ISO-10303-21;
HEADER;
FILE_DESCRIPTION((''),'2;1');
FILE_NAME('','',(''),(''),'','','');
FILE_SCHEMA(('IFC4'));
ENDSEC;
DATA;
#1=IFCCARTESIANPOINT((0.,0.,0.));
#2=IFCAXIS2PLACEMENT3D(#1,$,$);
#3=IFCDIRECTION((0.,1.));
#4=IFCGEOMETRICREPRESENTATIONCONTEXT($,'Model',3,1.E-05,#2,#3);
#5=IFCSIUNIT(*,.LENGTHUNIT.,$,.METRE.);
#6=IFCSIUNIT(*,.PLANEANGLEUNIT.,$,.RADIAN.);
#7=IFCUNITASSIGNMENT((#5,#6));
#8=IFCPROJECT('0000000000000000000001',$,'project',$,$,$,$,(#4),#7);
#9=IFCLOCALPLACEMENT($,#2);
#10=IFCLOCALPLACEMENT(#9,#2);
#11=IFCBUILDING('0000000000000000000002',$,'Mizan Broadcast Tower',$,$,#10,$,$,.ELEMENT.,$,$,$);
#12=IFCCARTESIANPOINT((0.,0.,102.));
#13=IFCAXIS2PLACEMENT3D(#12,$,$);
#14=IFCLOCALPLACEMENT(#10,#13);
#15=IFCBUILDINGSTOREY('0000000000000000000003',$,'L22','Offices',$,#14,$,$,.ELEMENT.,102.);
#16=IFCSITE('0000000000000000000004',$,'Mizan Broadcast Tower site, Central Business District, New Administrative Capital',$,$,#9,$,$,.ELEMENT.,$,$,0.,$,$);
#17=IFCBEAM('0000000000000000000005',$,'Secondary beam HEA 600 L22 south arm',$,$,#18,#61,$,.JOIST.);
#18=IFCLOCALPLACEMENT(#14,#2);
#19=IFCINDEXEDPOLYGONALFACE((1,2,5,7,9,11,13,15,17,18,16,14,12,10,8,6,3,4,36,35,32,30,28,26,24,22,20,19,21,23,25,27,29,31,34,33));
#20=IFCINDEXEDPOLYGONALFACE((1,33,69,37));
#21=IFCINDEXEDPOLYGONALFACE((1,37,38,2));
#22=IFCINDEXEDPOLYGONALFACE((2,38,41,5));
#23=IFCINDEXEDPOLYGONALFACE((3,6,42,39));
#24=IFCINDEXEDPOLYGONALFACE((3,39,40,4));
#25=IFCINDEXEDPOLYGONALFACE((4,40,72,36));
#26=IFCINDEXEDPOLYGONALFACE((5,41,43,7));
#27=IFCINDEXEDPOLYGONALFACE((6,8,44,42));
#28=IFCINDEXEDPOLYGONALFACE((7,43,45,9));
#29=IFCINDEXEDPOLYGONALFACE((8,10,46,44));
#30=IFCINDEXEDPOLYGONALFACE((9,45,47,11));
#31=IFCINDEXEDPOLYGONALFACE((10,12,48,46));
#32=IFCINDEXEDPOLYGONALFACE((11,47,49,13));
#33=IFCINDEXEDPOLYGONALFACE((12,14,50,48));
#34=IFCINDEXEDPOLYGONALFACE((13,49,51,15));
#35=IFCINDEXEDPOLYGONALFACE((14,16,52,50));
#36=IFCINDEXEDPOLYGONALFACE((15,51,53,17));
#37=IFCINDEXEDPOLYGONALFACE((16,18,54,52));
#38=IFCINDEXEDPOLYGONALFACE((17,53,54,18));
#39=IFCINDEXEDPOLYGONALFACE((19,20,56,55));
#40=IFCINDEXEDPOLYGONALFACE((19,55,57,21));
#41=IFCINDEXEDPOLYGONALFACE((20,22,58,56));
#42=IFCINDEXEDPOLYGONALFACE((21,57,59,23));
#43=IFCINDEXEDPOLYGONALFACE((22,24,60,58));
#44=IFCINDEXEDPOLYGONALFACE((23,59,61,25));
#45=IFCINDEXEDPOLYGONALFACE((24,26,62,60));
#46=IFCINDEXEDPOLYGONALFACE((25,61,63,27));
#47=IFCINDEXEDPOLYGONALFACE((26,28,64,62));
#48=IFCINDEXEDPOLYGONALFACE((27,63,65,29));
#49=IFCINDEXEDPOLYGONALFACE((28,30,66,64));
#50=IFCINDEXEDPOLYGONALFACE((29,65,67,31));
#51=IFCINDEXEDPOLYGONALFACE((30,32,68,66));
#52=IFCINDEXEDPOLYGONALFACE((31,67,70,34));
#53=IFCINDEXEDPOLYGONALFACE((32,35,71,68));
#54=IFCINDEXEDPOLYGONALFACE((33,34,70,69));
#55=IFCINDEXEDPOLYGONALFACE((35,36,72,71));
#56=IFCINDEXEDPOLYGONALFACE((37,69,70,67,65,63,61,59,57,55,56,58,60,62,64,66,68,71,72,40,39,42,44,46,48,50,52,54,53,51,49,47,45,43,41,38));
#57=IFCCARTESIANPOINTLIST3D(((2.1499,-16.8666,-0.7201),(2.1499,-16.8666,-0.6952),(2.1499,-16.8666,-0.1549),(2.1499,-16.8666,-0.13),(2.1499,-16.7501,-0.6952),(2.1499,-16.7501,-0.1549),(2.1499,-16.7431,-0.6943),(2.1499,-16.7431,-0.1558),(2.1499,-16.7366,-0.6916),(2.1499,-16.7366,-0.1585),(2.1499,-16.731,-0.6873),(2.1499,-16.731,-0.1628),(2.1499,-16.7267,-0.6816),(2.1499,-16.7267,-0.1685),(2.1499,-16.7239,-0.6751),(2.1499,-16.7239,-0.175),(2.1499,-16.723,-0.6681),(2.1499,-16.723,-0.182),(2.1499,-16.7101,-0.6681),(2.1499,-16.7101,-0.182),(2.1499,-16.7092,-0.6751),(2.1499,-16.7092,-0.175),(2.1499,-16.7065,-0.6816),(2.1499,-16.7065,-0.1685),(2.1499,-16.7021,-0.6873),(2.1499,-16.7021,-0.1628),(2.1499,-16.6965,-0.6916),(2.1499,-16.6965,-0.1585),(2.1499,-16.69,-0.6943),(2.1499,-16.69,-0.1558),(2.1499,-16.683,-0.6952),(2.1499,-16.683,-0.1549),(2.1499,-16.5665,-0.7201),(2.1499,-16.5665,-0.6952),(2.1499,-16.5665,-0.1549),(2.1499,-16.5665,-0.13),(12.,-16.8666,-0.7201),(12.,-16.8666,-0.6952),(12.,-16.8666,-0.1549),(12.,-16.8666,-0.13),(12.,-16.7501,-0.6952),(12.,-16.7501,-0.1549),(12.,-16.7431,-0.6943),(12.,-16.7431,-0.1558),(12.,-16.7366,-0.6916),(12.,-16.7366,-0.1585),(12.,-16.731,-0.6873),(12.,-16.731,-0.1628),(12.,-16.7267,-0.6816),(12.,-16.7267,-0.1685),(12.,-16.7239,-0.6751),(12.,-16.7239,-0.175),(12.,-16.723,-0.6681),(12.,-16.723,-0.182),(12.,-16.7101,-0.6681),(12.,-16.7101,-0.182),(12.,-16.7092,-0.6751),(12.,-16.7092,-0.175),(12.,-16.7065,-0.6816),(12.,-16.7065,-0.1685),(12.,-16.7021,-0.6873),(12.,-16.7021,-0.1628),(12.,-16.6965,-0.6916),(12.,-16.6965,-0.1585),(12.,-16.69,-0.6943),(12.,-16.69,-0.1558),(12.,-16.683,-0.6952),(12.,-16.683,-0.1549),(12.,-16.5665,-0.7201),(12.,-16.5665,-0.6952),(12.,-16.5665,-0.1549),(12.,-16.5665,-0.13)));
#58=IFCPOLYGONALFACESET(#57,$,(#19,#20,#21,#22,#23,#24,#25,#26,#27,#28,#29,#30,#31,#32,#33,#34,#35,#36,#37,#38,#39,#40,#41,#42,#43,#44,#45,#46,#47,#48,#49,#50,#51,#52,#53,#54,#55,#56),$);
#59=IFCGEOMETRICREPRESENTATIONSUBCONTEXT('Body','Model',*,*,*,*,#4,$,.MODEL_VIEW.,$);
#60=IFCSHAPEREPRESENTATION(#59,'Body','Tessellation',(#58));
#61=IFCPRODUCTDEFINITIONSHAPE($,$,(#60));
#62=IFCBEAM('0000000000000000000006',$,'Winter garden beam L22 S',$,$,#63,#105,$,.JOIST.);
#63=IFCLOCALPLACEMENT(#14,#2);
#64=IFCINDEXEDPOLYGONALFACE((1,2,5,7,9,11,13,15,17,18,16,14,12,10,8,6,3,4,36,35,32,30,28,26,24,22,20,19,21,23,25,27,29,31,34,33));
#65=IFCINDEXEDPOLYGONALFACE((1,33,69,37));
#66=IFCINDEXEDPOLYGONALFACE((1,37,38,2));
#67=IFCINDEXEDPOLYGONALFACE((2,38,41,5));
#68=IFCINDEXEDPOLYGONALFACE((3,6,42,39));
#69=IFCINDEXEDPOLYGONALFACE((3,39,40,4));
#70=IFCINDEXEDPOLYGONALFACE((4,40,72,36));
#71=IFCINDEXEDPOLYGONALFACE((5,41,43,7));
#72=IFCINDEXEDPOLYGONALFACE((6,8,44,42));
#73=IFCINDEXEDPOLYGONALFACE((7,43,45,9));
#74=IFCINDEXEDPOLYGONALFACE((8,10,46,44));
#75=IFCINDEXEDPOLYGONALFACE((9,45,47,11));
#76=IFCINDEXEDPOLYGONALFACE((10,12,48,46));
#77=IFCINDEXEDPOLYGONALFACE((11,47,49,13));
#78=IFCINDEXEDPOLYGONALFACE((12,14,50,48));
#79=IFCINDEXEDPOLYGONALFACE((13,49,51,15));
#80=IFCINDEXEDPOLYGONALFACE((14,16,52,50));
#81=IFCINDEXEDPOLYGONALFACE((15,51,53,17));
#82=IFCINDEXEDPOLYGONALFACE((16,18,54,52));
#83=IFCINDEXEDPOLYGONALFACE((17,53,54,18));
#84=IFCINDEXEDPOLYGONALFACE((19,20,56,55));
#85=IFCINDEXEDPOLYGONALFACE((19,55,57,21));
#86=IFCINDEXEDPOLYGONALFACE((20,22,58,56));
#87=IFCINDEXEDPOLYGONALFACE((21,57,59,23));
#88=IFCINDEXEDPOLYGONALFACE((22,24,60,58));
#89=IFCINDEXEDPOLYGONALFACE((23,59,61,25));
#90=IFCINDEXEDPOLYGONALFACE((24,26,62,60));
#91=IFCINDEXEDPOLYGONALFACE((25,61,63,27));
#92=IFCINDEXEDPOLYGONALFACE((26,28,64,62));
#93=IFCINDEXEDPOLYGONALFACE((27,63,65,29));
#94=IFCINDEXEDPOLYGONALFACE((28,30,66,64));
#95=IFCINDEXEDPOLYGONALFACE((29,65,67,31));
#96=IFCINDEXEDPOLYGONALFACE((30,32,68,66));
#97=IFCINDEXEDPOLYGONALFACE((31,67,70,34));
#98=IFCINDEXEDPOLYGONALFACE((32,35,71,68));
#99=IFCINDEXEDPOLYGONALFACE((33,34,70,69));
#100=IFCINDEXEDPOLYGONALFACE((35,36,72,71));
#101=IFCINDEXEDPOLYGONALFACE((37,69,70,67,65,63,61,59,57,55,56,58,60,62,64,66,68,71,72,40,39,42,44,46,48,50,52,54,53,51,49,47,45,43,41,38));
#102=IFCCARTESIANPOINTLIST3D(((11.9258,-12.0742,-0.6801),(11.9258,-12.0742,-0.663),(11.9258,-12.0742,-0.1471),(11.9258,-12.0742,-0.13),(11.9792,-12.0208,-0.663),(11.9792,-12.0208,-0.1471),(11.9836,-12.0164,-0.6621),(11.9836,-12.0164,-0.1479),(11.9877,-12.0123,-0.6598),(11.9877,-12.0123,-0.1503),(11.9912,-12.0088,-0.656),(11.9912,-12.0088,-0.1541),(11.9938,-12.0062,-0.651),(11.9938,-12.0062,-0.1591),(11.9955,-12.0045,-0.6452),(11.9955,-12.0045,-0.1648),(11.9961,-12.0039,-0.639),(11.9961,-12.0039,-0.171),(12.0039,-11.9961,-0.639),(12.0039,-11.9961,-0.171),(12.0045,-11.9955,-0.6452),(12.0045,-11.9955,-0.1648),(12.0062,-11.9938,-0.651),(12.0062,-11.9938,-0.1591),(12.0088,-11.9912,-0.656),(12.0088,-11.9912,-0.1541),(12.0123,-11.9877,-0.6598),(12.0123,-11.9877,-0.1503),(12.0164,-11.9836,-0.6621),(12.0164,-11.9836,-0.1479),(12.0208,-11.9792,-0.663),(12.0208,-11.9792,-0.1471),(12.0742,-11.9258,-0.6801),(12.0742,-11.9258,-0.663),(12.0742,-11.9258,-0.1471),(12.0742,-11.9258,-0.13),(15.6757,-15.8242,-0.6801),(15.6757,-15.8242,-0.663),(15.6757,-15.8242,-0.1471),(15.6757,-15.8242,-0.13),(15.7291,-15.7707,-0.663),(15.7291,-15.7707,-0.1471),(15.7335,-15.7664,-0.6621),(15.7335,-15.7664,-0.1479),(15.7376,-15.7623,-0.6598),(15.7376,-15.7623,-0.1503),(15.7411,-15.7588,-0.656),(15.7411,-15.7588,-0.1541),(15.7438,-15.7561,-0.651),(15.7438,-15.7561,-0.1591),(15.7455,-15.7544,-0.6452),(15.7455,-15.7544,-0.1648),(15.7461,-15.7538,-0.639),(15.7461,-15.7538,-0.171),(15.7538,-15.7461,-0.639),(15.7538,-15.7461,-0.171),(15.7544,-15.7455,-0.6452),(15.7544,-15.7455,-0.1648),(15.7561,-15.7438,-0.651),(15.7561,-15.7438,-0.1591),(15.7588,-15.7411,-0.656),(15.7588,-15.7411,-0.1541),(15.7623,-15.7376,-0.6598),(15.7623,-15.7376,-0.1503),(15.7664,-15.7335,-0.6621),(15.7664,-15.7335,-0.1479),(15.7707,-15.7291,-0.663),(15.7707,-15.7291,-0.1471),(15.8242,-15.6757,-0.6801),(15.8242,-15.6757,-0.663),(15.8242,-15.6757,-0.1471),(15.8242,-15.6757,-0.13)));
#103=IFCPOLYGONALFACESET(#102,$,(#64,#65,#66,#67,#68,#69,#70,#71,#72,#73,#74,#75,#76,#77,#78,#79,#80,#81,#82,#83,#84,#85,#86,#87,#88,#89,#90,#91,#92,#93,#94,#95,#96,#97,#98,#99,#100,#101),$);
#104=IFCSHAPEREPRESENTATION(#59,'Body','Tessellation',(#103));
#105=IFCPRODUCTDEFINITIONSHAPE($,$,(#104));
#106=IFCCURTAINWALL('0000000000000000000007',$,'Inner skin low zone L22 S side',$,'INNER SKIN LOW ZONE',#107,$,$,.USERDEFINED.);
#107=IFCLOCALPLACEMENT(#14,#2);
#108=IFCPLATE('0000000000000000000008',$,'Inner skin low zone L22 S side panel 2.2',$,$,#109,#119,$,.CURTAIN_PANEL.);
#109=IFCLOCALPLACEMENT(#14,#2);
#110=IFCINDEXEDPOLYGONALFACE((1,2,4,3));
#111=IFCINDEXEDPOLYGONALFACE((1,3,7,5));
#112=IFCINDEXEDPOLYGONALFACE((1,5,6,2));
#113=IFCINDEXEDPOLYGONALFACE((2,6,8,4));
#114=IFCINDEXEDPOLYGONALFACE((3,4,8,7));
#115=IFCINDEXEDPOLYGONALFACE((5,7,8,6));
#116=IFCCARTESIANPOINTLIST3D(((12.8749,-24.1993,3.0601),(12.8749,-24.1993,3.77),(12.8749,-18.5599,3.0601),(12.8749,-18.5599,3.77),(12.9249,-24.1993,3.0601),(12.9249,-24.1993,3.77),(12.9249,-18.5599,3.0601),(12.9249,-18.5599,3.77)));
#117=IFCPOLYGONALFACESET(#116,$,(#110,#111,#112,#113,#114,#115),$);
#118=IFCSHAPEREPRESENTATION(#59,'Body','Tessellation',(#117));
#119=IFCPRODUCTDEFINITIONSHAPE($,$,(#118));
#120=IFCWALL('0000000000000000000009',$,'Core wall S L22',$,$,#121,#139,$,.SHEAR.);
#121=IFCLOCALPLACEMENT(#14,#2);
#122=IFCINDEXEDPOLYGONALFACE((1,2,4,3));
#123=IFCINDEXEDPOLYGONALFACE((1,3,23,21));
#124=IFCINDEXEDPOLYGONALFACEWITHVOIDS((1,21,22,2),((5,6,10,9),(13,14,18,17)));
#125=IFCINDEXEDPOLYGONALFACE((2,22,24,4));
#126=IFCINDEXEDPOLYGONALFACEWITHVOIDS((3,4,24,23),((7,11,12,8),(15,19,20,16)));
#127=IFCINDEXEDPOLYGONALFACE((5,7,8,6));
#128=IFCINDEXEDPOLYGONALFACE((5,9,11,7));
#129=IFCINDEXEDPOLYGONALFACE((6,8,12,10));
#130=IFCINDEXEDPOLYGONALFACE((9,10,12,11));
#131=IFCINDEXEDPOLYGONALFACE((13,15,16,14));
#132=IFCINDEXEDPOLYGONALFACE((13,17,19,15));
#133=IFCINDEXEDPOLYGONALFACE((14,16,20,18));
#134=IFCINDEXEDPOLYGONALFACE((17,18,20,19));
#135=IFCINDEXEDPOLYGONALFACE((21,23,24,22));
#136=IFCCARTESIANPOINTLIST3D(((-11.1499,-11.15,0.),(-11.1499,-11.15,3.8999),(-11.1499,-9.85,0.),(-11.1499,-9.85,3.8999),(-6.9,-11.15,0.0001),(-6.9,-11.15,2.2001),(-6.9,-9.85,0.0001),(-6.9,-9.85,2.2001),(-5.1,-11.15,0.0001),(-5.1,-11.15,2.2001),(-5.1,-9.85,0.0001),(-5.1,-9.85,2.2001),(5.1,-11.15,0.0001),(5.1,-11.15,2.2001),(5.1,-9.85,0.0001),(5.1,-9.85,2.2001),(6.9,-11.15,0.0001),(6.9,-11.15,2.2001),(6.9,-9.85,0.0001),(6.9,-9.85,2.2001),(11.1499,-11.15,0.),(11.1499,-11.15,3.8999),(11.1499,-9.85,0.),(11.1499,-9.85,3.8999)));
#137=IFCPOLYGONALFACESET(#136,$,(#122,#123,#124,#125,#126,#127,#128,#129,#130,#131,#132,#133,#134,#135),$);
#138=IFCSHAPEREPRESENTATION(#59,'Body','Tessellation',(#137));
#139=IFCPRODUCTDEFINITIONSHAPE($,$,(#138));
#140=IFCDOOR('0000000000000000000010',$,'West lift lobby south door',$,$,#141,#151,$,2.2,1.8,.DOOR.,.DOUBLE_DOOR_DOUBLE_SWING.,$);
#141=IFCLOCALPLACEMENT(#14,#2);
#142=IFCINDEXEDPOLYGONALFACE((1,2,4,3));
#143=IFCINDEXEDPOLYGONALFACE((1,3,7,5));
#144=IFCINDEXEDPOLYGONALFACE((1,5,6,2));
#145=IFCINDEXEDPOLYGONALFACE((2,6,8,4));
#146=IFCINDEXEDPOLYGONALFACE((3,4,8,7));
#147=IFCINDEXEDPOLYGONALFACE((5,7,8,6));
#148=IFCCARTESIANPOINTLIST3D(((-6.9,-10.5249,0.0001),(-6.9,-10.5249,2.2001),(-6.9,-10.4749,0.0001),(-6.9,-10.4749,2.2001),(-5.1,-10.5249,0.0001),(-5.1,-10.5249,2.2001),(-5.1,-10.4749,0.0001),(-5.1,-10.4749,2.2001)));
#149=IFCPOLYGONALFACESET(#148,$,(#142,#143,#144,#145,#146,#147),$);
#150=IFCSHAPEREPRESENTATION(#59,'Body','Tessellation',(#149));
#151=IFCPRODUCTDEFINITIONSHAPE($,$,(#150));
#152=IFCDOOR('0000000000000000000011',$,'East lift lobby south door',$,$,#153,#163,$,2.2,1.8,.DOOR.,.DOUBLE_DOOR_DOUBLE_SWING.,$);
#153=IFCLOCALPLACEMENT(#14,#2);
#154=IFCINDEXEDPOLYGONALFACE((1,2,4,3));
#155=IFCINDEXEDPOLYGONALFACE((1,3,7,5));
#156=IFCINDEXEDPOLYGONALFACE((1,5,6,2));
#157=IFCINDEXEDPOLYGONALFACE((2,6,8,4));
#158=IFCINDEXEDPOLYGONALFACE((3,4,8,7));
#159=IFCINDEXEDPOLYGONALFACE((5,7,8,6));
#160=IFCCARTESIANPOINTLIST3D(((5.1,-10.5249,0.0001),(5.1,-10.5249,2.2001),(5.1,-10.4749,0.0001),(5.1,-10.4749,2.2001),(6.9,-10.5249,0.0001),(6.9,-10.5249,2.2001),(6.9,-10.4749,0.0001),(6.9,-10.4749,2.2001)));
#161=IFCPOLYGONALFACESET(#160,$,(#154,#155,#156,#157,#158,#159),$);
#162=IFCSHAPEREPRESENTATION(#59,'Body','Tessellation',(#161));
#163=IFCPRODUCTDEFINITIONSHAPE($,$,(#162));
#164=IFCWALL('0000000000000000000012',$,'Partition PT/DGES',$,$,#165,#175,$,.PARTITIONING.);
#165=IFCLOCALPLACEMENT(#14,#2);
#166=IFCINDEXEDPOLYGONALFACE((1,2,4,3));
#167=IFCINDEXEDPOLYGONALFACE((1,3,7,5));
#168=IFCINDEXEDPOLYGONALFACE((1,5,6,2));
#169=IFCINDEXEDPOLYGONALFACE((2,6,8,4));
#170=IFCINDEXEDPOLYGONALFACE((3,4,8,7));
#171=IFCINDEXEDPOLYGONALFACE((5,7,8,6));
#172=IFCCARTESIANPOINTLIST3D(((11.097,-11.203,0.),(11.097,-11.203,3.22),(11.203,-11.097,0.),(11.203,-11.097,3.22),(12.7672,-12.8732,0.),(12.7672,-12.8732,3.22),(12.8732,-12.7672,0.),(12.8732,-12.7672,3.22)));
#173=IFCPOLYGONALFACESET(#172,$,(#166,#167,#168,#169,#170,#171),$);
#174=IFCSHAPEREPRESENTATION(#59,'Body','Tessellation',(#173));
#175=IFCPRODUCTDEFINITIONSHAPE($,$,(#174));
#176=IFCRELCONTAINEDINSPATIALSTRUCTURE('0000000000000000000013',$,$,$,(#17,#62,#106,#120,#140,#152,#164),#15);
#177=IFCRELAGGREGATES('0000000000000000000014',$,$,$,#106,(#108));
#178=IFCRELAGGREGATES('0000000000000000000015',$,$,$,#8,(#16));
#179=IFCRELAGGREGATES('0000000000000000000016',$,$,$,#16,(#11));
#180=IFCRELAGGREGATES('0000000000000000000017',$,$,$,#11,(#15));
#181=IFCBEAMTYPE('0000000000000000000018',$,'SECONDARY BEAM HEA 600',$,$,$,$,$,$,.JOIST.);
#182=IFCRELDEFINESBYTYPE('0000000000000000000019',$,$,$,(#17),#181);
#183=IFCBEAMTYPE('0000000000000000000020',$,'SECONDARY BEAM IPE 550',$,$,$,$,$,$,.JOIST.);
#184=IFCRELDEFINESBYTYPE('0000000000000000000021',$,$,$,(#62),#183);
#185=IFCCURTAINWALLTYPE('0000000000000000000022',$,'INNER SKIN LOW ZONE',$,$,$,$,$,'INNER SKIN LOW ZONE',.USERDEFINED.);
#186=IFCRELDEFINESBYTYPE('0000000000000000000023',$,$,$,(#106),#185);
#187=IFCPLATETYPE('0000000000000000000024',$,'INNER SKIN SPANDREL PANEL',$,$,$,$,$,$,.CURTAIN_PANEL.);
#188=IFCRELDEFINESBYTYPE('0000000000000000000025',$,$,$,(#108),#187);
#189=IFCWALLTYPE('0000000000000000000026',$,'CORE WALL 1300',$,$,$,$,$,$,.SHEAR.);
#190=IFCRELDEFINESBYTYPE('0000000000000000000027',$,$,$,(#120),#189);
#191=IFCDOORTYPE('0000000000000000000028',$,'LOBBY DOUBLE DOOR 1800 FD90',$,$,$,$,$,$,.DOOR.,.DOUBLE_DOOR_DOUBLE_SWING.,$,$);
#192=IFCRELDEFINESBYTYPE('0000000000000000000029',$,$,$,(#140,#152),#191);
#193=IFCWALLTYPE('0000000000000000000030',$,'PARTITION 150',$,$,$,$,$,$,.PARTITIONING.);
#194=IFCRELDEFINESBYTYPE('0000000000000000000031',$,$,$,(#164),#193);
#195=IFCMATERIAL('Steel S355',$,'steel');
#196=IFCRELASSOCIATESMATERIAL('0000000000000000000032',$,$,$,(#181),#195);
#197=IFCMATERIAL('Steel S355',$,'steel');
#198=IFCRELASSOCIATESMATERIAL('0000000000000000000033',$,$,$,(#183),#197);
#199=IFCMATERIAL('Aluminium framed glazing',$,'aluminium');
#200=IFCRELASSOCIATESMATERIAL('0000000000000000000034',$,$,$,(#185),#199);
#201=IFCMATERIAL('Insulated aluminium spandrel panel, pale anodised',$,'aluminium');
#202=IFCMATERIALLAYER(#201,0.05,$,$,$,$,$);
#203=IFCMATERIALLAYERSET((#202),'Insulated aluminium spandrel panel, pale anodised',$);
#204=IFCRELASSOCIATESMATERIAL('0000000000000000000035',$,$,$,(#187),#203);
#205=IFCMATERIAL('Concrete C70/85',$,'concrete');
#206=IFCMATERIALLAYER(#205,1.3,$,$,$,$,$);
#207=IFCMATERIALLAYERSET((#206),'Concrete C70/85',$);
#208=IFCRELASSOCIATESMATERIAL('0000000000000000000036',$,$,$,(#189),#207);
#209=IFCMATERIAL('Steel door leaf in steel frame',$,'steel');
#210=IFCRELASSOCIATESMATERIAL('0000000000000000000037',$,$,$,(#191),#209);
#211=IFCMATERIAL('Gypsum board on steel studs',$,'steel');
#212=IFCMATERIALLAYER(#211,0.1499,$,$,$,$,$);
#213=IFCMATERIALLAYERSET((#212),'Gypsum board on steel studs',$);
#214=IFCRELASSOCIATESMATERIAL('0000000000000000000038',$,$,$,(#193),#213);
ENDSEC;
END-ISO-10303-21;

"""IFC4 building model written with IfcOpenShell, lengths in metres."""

from ifc_helpers import new_model, si_unit, direction, frame, frame_2d, origin, origin_2d, place, context, subcontext, project, spatial, rectangle, i_section, extrude, material, layer, layer_set, material_profile, profile_set, type_object, element, fill, aggregate, save


model = new_model("IFC4")

# Units and contexts
model_context = context("Model", 3, precision=1e-05, world=origin(), true_north=direction((0.0, 1.0)))
body_context = subcontext(model_context, "Body", "Model", "MODEL_VIEW")
ifc_project = project(units=[si_unit("LENGTHUNIT", "METRE"), si_unit("PLANEANGLEUNIT", "RADIAN")], contexts=[model_context])

# Site, building, storey
site_placement = place(None, origin())
site = spatial("IfcSite", under=ifc_project, at=site_placement, Name="Mizan Broadcast Tower site, Central Business District, New Administrative Capital", CompositionType="ELEMENT", RefElevation=0.0)
building_placement = place(site_placement, origin())
building = spatial("IfcBuilding", under=site, at=building_placement, Name="Mizan Broadcast Tower", CompositionType="ELEMENT")
storey_placement = place(building_placement, frame((0.0, 0.0, 102.0)))
storey = spatial("IfcBuildingStorey", under=building, at=storey_placement, Name="L22", Description="Offices", CompositionType="ELEMENT", Elevation=102.0)

# Beams
ifc_material_1 = material(Name="Steel S355", Category="steel")
ifc_material_profile_1 = material_profile(ifc_material_1, i_section(OverallWidth=0.3, OverallDepth=0.5901, WebThickness=0.0129, FlangeThickness=0.0249, FilletRadius=0.0271, at=origin_2d()), Name="HEA 600")
ifc_profile_set_1 = profile_set([ifc_material_profile_1], Name="Steel S355")
beam_type_1 = type_object("IfcBeamType", Name="SECONDARY BEAM HEA 600", PredefinedType="JOIST", material=ifc_profile_set_1)
for number, where, z_axis, x_axis, name in (
    (1, (12.0, -16.7166, -0.425), (-1.0, 0.0, 0.0), (0.0, -1.0, 0.0), "Secondary beam HEA 600 L22 south arm"),
):
    element("IfcBeam", number, at=place(storey_placement, frame(where, z_axis=z_axis, x_axis=x_axis)), inside=storey, type_object=beam_type_1, Name=name, PredefinedType="JOIST", context=body_context, shape_type="SweptSolid", body=[
        extrude(i_section(OverallWidth=0.3, OverallDepth=0.5901, WebThickness=0.0129, FlangeThickness=0.0249, FilletRadius=0.0271, at=origin_2d()), origin(), (0.0, 0.0, 1.0), 9.8501),
    ])
ifc_material_2 = material(Name="Steel S355", Category="steel")
ifc_material_profile_2 = material_profile(ifc_material_2, i_section(OverallWidth=0.21, OverallDepth=0.55, WebThickness=0.011, FlangeThickness=0.0171, FilletRadius=0.0239, at=origin_2d()), Name="IPE 550")
ifc_profile_set_2 = profile_set([ifc_material_profile_2], Name="Steel S355")
beam_type_2 = type_object("IfcBeamType", Name="SECONDARY BEAM IPE 550", PredefinedType="JOIST", material=ifc_profile_set_2)
beam_1_placement = place(storey_placement, frame((12.0, -12.0, -0.405), z_axis=(0.707107, -0.707107, 0.0), x_axis=(0.707107, 0.707107, 0.0)))
element("IfcBeam", 2, at=beam_1_placement, inside=storey, type_object=beam_type_2, Name="Winter garden beam L22 S", PredefinedType="JOIST", context=body_context, shape_type="SweptSolid", body=[
    extrude(i_section(OverallWidth=0.21, OverallDepth=0.55, WebThickness=0.011, FlangeThickness=0.0171, FilletRadius=0.0239, at=origin_2d()), origin(), (0.0, 0.0, 1.0), 5.3032),
])

# Curtain wall, plate
ifc_material_3 = material(Name="Aluminium framed glazing", Category="aluminium")
curtain_wall_type = type_object("IfcCurtainWallType", Name="INNER SKIN LOW ZONE", ElementType="INNER SKIN LOW ZONE", PredefinedType="USERDEFINED", material=ifc_material_3)
curtain_wall_placement = place(storey_placement, origin())
curtain_wall = element("IfcCurtainWall", 3, at=curtain_wall_placement, inside=storey, type_object=curtain_wall_type, Name="Inner skin low zone L22 S side", ObjectType="INNER SKIN LOW ZONE", PredefinedType="USERDEFINED")
ifc_material_4 = material(Name="Insulated aluminium spandrel panel, pale anodised", Category="aluminium")
ifc_layer_1 = layer(ifc_material_4, 0.05)
ifc_layer_set_1 = layer_set([ifc_layer_1], Name="Insulated aluminium spandrel panel, pale anodised")
plate_type = type_object("IfcPlateType", Name="INNER SKIN SPANDREL PANEL", PredefinedType="CURTAIN_PANEL", material=ifc_layer_set_1)
plate_placement = place(storey_placement, frame((12.8999, -21.3796, 3.0601), z_axis=(0.0, 0.0, 1.0), x_axis=(0.0, 1.0, 0.0)))
plate = element("IfcPlate", 4, at=plate_placement, type_object=plate_type, Name="Inner skin low zone L22 S side panel 2.2", PredefinedType="CURTAIN_PANEL", context=body_context, shape_type="SweptSolid", body=[
    extrude(rectangle(XDim=5.6394, YDim=0.05, at=origin_2d()), origin(), (0.0, 0.0, 1.0), 0.71),
])
aggregate(curtain_wall, [plate])

# Wall, openings, doors
ifc_material_5 = material(Name="Concrete C70/85", Category="concrete")
ifc_layer_2 = layer(ifc_material_5, 1.3)
ifc_layer_set_2 = layer_set([ifc_layer_2], Name="Concrete C70/85")
wall_type_1 = type_object("IfcWallType", Name="CORE WALL 1300", PredefinedType="SHEAR", material=ifc_layer_set_2)
wall_1_placement = place(storey_placement, frame((11.1499, -10.5, 0.0), z_axis=(0.0, 0.0, 1.0), x_axis=(-1.0, 0.0, 0.0)))
wall_1 = element("IfcWall", 5, at=wall_1_placement, inside=storey, type_object=wall_type_1, Name="Core wall S L22", PredefinedType="SHEAR", context=body_context, shape_type="SweptSolid", body=[
    extrude(rectangle(XDim=22.2998, YDim=1.3, at=frame_2d((11.1499, 0.0))), origin(), (0.0, 0.0, 1.0), 3.8999),
])
opening_1_placement = place(wall_1_placement, frame((16.25, 0.0, 0.0)))
opening_1 = element("IfcOpeningElement", 6, at=opening_1_placement, cuts=wall_1, PredefinedType="OPENING", context=body_context, shape_type="SweptSolid", body=[
    extrude(rectangle(XDim=1.8, YDim=2.2, at=frame_2d((0.8999, 1.1001))), frame((0.0, 0.6599, 0.0), z_axis=(0.0, -1.0, 0.0), x_axis=(1.0, 0.0, 0.0)), (0.0, 0.0, 1.0), 1.3201),
])
opening_2_placement = place(wall_1_placement, frame((4.25, 0.0, 0.0)))
opening_2 = element("IfcOpeningElement", 7, at=opening_2_placement, cuts=wall_1, PredefinedType="OPENING", context=body_context, shape_type="SweptSolid", body=[
    extrude(rectangle(XDim=1.8, YDim=2.2, at=frame_2d((0.8999, 1.1001))), frame((0.0, 0.6599, 0.0), z_axis=(0.0, -1.0, 0.0), x_axis=(1.0, 0.0, 0.0)), (0.0, 0.0, 1.0), 1.3201),
])
ifc_material_6 = material(Name="Steel door leaf in steel frame", Category="steel")
door_type_1 = type_object("IfcDoorType", Name="LOBBY DOUBLE DOOR 1800 FD90", OperationType="DOUBLE_DOOR_DOUBLE_SWING", PredefinedType="DOOR", material=ifc_material_6)
door_1_placement = place(opening_1_placement, origin())
door_1 = element("IfcDoor", 8, at=door_1_placement, inside=storey, type_object=door_type_1, Name="West lift lobby south door", OperationType="DOUBLE_DOOR_DOUBLE_SWING", OverallHeight=2.2, OverallWidth=1.8, PredefinedType="DOOR", context=body_context, shape_type="SweptSolid", body=[
    extrude(rectangle(XDim=1.8, YDim=2.2, at=frame_2d((0.8999, 1.1001))), frame((0.0, 0.0249, 0.0), z_axis=(0.0, -1.0, 0.0), x_axis=(1.0, 0.0, 0.0)), (0.0, 0.0, 1.0), 0.05),
])
fill(opening_1, door_1)
door_2_placement = place(opening_2_placement, origin())
door_2 = element("IfcDoor", 9, at=door_2_placement, inside=storey, type_object=door_type_1, Name="East lift lobby south door", OperationType="DOUBLE_DOOR_DOUBLE_SWING", OverallHeight=2.2, OverallWidth=1.8, PredefinedType="DOOR", context=body_context, shape_type="SweptSolid", body=[
    extrude(rectangle(XDim=1.8, YDim=2.2, at=frame_2d((0.8999, 1.1001))), frame((0.0, 0.0249, 0.0), z_axis=(0.0, -1.0, 0.0), x_axis=(1.0, 0.0, 0.0)), (0.0, 0.0, 1.0), 0.05),
])
fill(opening_2, door_2)

# Wall
ifc_material_7 = material(Name="Gypsum board on steel studs", Category="steel")
ifc_layer_3 = layer(ifc_material_7, 0.1499)
ifc_layer_set_3 = layer_set([ifc_layer_3], Name="Gypsum board on steel studs")
wall_type_2 = type_object("IfcWallType", Name="PARTITION 150", PredefinedType="PARTITIONING", material=ifc_layer_set_3)
wall_2_placement = place(storey_placement, frame((11.1499, -11.1499, 0.0), z_axis=(0.0, 0.0, 1.0), x_axis=(0.707107, -0.707107, 0.0)))
element("IfcWall", 10, at=wall_2_placement, inside=storey, type_object=wall_type_2, Name="Partition PT/DGES", PredefinedType="PARTITIONING", context=body_context, shape_type="SweptSolid", body=[
    extrude(rectangle(XDim=2.3621, YDim=0.1499, at=frame_2d((1.1812, 0.0))), origin(), (0.0, 0.0, 1.0), 3.22),
])

save(model, "model.ifc")
